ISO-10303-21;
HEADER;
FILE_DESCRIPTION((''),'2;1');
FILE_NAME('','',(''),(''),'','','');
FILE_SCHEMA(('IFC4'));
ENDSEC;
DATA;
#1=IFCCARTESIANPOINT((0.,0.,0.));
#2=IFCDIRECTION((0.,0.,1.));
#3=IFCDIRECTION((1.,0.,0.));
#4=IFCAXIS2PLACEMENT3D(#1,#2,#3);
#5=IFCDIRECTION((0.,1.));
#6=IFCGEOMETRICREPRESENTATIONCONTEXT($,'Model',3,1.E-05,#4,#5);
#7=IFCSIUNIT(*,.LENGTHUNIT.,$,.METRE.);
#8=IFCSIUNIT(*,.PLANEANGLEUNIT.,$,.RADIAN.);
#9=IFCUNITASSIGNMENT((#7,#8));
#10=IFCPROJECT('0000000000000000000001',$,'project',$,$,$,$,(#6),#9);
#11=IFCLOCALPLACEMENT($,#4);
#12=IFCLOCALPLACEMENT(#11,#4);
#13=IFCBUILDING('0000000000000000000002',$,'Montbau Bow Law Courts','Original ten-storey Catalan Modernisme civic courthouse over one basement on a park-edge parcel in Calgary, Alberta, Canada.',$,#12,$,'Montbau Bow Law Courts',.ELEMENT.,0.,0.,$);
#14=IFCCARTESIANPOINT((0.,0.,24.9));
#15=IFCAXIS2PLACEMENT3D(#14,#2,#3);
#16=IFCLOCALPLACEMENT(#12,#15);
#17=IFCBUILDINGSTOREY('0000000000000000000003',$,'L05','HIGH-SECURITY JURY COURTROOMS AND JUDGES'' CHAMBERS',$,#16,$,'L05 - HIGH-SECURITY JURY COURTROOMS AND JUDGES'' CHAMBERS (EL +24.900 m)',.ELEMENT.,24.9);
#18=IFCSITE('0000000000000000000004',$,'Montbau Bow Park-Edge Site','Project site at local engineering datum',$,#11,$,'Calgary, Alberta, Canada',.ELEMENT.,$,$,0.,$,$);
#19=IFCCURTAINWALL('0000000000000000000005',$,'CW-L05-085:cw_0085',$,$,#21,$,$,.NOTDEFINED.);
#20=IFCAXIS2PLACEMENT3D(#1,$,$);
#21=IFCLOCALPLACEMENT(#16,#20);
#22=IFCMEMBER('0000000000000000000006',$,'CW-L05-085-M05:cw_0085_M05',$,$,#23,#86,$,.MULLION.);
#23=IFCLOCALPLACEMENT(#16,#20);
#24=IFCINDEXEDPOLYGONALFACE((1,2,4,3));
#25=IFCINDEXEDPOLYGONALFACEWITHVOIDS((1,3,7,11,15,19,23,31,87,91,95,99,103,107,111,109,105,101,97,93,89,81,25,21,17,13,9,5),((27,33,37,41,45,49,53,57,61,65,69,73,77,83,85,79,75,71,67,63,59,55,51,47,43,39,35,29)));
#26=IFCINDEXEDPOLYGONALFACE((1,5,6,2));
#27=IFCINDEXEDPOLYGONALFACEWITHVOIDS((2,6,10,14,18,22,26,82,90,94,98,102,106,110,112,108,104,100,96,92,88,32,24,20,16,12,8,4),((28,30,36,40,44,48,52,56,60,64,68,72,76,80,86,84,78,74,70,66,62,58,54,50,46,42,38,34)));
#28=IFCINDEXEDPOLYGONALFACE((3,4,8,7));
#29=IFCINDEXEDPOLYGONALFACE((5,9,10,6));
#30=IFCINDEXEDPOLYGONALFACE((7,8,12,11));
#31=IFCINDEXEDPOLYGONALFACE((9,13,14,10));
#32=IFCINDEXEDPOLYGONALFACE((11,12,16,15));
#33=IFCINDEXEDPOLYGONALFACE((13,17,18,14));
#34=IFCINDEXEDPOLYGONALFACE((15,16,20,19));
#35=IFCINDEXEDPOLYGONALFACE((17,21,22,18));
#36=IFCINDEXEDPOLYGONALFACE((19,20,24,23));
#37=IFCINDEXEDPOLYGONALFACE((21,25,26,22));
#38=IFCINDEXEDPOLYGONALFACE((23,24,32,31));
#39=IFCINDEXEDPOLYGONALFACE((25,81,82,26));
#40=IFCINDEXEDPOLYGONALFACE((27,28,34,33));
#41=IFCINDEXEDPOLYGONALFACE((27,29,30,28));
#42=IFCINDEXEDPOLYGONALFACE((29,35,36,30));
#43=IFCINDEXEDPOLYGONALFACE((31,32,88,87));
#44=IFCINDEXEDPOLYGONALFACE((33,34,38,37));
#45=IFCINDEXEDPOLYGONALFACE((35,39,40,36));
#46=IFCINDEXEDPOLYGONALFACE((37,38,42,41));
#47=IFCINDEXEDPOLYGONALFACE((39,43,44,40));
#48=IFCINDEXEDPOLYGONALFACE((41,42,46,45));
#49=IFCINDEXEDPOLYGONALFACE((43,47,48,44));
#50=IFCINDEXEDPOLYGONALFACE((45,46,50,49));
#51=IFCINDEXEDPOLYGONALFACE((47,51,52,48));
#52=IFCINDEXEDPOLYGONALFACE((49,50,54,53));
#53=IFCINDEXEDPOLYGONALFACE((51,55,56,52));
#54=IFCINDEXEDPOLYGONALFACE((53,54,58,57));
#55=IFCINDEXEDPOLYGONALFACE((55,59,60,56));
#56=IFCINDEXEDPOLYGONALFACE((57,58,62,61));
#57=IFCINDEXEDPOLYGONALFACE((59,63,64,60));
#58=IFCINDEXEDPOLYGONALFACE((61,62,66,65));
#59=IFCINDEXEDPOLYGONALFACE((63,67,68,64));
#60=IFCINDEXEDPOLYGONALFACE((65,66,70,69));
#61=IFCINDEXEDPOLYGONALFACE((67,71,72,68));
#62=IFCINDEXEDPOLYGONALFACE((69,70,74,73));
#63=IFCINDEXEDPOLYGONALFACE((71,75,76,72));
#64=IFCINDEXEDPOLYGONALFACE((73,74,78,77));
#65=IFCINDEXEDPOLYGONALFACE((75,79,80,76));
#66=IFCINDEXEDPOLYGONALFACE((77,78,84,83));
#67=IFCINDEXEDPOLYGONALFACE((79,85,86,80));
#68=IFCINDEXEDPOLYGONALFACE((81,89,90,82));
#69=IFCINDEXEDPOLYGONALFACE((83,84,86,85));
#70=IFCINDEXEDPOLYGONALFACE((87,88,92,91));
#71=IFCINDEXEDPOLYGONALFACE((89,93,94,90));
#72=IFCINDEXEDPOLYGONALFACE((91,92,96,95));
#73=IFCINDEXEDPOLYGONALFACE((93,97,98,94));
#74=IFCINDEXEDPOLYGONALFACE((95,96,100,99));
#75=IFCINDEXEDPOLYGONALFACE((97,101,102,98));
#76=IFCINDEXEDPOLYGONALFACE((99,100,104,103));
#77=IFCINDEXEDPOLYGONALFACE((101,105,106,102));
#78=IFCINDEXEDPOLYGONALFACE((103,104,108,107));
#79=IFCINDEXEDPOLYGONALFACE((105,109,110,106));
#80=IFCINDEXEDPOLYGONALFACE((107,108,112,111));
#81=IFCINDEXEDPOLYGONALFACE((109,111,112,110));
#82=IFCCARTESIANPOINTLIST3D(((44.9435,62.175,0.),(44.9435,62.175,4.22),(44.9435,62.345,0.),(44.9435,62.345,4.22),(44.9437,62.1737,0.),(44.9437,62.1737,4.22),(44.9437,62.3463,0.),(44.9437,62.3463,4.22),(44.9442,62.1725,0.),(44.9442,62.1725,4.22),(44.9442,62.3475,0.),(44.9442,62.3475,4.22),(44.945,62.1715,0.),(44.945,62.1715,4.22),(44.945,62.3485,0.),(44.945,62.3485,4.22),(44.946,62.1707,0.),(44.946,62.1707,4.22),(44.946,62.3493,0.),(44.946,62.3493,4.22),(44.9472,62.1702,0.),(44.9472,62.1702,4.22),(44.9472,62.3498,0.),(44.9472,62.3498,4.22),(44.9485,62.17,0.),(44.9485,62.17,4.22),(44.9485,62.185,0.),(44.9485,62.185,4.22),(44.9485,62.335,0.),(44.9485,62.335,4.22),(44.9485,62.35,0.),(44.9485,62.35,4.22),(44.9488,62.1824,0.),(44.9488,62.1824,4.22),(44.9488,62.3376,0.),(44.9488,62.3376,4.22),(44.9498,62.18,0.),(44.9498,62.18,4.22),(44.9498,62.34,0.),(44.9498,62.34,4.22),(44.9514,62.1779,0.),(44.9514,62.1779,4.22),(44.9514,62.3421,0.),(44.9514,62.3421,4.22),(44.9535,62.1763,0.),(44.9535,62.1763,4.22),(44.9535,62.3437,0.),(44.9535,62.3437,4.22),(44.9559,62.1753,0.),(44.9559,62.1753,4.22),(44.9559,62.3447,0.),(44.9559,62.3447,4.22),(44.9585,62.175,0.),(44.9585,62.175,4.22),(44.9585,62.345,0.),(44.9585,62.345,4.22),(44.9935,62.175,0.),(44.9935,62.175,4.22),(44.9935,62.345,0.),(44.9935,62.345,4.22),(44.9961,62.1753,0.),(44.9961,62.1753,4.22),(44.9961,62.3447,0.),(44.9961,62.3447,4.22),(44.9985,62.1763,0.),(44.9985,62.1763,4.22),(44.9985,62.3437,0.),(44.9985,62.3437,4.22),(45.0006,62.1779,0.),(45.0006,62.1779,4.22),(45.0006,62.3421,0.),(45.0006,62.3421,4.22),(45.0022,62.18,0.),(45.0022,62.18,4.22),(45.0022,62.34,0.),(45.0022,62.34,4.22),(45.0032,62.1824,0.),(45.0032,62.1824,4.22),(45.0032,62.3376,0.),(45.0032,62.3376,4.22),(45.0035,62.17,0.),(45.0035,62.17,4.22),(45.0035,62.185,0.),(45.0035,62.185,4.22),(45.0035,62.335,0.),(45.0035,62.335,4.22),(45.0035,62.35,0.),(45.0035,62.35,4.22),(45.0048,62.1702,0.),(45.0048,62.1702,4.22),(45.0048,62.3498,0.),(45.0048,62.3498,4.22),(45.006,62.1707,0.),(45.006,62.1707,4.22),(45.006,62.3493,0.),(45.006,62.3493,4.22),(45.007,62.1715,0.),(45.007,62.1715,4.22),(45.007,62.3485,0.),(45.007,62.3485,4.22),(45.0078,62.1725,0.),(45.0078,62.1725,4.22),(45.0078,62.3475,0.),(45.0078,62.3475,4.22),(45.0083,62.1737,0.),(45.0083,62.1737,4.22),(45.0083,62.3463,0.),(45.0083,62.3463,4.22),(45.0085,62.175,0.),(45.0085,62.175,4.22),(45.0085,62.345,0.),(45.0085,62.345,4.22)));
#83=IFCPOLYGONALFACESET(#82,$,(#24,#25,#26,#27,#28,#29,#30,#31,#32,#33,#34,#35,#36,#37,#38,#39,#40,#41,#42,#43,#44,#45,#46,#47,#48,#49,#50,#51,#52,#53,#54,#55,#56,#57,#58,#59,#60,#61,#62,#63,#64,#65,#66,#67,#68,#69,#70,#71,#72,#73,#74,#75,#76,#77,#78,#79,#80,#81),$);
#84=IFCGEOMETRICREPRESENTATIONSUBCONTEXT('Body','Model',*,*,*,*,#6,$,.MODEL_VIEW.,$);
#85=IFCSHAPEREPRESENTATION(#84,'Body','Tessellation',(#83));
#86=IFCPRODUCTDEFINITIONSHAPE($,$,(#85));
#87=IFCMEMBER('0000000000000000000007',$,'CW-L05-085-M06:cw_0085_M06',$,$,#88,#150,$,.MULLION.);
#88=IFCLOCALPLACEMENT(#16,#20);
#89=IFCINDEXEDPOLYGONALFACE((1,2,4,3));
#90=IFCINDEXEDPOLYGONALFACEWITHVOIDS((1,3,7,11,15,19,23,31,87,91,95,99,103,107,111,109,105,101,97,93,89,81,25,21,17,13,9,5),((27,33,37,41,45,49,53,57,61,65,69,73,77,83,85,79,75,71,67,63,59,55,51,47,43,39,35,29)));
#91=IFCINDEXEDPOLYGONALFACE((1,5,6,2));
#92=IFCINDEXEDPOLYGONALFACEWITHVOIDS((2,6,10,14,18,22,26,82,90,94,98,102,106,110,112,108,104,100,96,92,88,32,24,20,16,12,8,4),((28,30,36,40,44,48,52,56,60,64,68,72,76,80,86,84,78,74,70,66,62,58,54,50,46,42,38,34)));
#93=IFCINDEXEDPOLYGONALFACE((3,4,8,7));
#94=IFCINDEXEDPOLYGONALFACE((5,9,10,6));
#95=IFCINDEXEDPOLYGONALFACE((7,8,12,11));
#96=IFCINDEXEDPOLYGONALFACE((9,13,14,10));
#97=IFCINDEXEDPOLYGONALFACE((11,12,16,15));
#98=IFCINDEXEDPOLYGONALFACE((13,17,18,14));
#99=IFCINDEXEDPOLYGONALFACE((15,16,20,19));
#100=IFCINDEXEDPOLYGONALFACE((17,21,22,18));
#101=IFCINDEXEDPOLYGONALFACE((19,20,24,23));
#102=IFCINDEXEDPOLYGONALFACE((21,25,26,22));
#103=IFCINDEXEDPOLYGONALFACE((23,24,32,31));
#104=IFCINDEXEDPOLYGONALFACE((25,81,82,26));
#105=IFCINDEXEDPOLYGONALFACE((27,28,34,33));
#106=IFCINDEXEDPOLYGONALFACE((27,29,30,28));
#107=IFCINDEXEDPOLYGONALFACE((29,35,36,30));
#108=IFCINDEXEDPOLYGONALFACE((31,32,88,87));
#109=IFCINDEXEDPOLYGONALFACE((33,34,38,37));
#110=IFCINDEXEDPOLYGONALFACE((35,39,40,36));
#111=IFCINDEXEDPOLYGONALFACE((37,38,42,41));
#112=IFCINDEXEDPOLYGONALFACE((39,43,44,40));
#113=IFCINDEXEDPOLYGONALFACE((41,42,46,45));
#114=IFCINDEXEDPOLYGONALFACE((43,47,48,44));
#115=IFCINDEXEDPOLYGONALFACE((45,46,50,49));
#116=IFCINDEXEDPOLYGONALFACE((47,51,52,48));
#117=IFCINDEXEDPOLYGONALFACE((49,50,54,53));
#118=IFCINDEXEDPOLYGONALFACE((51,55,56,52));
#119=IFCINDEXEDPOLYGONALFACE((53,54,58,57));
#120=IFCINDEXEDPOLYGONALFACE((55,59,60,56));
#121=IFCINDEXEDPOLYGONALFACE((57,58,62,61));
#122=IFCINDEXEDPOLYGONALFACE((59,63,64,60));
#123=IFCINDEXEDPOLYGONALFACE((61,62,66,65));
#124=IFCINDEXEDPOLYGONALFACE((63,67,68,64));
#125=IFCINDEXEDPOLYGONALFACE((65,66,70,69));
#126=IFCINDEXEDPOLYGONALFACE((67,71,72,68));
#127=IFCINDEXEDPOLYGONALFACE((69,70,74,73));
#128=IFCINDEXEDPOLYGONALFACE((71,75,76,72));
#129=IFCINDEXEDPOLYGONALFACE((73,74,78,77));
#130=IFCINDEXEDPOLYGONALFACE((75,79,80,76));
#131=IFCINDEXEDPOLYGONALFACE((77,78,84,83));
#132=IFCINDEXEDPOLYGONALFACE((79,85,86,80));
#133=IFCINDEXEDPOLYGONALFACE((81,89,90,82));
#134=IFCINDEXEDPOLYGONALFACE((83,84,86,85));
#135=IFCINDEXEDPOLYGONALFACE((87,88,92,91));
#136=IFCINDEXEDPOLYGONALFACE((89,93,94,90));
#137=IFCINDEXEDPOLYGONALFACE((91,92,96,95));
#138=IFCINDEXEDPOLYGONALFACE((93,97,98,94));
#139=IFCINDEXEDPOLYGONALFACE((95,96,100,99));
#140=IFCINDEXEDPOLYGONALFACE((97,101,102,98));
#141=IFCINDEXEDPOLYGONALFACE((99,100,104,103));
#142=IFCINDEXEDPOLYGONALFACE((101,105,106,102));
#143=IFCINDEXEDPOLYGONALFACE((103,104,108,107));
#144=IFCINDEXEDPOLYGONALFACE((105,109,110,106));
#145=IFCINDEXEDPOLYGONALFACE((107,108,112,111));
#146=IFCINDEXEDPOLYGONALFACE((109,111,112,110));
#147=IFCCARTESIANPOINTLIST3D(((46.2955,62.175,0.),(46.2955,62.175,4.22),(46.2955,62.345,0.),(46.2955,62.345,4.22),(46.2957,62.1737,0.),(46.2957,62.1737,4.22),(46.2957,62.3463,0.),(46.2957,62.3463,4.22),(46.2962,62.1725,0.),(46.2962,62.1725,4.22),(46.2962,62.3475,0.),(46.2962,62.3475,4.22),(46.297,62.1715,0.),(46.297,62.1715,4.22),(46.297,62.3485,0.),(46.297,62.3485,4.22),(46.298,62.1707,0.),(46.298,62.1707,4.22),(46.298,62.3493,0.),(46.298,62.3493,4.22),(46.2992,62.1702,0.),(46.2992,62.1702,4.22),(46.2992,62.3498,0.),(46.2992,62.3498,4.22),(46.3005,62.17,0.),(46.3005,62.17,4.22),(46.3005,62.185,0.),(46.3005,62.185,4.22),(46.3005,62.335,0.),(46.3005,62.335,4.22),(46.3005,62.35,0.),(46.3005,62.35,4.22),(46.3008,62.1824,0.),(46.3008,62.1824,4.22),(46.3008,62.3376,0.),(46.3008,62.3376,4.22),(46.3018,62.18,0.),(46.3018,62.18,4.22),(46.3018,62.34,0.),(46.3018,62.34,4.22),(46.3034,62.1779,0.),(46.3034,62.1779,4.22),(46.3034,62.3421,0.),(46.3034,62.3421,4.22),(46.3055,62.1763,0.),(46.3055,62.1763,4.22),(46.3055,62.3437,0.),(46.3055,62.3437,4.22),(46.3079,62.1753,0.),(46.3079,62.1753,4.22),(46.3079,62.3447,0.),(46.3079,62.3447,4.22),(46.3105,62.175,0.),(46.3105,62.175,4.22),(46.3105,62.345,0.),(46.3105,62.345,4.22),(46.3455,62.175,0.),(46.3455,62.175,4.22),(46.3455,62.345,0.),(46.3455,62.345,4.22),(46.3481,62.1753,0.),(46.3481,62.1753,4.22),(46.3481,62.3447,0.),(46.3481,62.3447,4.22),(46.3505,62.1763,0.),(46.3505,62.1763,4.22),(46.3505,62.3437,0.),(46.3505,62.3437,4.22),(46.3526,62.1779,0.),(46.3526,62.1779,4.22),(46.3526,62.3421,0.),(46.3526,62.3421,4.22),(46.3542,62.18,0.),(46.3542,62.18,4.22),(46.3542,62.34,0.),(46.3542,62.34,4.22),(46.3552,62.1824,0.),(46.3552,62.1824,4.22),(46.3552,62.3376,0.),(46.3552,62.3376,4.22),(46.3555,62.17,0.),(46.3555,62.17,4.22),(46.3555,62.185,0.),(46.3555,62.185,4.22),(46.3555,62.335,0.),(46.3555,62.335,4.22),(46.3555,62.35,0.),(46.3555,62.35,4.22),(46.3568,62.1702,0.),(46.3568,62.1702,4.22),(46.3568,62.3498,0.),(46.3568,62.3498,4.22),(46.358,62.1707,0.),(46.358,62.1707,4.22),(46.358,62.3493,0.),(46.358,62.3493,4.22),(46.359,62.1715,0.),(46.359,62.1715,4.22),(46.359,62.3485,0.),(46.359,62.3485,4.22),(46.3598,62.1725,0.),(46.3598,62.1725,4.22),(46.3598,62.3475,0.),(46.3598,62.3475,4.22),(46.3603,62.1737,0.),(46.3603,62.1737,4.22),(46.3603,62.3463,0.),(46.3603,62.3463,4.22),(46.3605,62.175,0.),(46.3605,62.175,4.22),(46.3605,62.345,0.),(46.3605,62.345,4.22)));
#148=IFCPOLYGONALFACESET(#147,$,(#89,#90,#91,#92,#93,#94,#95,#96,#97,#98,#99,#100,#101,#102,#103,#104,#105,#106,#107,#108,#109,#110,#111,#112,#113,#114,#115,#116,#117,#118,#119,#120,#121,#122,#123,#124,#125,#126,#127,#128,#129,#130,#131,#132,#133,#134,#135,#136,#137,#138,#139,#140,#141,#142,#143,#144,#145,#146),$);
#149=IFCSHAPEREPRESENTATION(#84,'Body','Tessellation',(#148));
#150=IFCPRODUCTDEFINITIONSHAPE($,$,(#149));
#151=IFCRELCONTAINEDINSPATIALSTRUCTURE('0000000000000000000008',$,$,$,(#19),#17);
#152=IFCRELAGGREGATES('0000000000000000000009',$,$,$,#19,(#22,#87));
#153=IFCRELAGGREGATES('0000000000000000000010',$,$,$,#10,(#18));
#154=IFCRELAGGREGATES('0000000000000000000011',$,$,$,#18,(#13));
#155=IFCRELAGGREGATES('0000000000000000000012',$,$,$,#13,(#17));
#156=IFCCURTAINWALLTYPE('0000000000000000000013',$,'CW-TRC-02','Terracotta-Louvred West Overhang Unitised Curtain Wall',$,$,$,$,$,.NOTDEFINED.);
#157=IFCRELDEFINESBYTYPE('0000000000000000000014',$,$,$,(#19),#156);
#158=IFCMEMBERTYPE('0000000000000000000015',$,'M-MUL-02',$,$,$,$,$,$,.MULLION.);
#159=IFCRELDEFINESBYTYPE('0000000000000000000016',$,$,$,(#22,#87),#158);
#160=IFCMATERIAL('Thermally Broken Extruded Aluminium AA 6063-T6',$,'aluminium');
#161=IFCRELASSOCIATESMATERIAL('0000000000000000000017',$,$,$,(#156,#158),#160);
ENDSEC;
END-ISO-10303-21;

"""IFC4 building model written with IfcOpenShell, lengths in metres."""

from ifc_helpers import new_model, si_unit, direction, frame, origin_with_axes, origin_2d_with_axis, place, context, subcontext, project, spatial, hollow_rectangle, extrude, material, material_profile, profile_set, type_object, element, aggregate, save


model = new_model("IFC4")

# Units and contexts
model_context = context("Model", 3, precision=1e-05, world=origin_with_axes(), true_north=direction((0.0, 1.0)))
body_context = subcontext(model_context, "Body", "Model", "MODEL_VIEW")
ifc_project = project(units=[si_unit("LENGTHUNIT", "METRE"), si_unit("PLANEANGLEUNIT", "RADIAN")], contexts=[model_context])

# Site, building, storey
site_placement = place(None, origin_with_axes())
site = spatial("IfcSite", under=ifc_project, at=site_placement, Name="Montbau Bow Park-Edge Site", Description="Project site at local engineering datum", LongName="Calgary, Alberta, Canada", CompositionType="ELEMENT", RefElevation=0.0)
building_placement = place(site_placement, origin_with_axes())
building = spatial("IfcBuilding", under=site, at=building_placement, Name="Montbau Bow Law Courts", Description="Original ten-storey Catalan Modernisme civic courthouse over one basement on a park-edge parcel in Calgary, Alberta, Canada.", LongName="Montbau Bow Law Courts", CompositionType="ELEMENT", ElevationOfRefHeight=0.0, ElevationOfTerrain=0.0)
storey_placement = place(building_placement, frame((0.0, 0.0, 24.9), z_axis=(0.0, 0.0, 1.0), x_axis=(1.0, 0.0, 0.0)))
storey = spatial("IfcBuildingStorey", under=building, at=storey_placement, Name="L05", Description="HIGH-SECURITY JURY COURTROOMS AND JUDGES' CHAMBERS", LongName="L05 - HIGH-SECURITY JURY COURTROOMS AND JUDGES' CHAMBERS (EL +24.900 m)", CompositionType="ELEMENT", Elevation=24.9)

# Curtain wall, members
ifc_material_1 = material(Name="Thermally Broken Extruded Aluminium AA 6063-T6", Category="aluminium")
curtain_wall_type = type_object("IfcCurtainWallType", Name="CW-TRC-02", Description="Terracotta-Louvred West Overhang Unitised Curtain Wall", PredefinedType="NOTDEFINED", material=ifc_material_1)
curtain_wall_placement = place(None, frame((39.44, 62.26, 24.9), z_axis=(0.0, 0.0, 1.0), x_axis=(1.0, 0.0, 0.0)))
curtain_wall = element("IfcCurtainWall", 1, at=curtain_wall_placement, inside=storey, type_object=curtain_wall_type, Name="CW-L05-085:cw_0085", PredefinedType="NOTDEFINED")
ifc_material_profile_1 = material_profile(ifc_material_1, hollow_rectangle(XDim=0.065, YDim=0.18, WallThickness=0.005, InnerFilletRadius=0.01, OuterFilletRadius=0.005, at=origin_2d_with_axis()), Name="CWM-180X65", Category="Main", Priority=0)
ifc_profile_set_1 = profile_set([ifc_material_profile_1], Name="Thermally Broken Extruded Aluminium AA 6063-T6")
member_type_1 = type_object("IfcMemberType", Name="M-MUL-02", PredefinedType="MULLION", material=ifc_profile_set_1)
member_1_placement = place(None, frame((44.976, 62.26, 24.9), z_axis=(0.0, 0.0, 1.0), x_axis=(1.0, 0.0, 0.0)))
member_1 = element("IfcMember", 2, at=member_1_placement, type_object=member_type_1, Name="CW-L05-085-M05:cw_0085_M05", PredefinedType="MULLION", context=body_context, shape_type="SweptSolid", body=[
    extrude(hollow_rectangle(XDim=0.065, YDim=0.18, WallThickness=0.005, InnerFilletRadius=0.01, OuterFilletRadius=0.005, at=origin_2d_with_axis()), origin_with_axes(), (0.0, 0.0, 1.0), 4.22),
])
member_2_placement = place(None, frame((46.328, 62.26, 24.9), z_axis=(0.0, 0.0, 1.0), x_axis=(1.0, 0.0, 0.0)))
member_2 = element("IfcMember", 3, at=member_2_placement, type_object=member_type_1, Name="CW-L05-085-M06:cw_0085_M06", PredefinedType="MULLION", context=body_context, shape_type="SweptSolid", body=[
    extrude(hollow_rectangle(XDim=0.065, YDim=0.18, WallThickness=0.005, InnerFilletRadius=0.01, OuterFilletRadius=0.005, at=origin_2d_with_axis()), origin_with_axes(), (0.0, 0.0, 1.0), 4.22),
])
aggregate(curtain_wall, [member_1, member_2])

save(model, "model.ifc")
